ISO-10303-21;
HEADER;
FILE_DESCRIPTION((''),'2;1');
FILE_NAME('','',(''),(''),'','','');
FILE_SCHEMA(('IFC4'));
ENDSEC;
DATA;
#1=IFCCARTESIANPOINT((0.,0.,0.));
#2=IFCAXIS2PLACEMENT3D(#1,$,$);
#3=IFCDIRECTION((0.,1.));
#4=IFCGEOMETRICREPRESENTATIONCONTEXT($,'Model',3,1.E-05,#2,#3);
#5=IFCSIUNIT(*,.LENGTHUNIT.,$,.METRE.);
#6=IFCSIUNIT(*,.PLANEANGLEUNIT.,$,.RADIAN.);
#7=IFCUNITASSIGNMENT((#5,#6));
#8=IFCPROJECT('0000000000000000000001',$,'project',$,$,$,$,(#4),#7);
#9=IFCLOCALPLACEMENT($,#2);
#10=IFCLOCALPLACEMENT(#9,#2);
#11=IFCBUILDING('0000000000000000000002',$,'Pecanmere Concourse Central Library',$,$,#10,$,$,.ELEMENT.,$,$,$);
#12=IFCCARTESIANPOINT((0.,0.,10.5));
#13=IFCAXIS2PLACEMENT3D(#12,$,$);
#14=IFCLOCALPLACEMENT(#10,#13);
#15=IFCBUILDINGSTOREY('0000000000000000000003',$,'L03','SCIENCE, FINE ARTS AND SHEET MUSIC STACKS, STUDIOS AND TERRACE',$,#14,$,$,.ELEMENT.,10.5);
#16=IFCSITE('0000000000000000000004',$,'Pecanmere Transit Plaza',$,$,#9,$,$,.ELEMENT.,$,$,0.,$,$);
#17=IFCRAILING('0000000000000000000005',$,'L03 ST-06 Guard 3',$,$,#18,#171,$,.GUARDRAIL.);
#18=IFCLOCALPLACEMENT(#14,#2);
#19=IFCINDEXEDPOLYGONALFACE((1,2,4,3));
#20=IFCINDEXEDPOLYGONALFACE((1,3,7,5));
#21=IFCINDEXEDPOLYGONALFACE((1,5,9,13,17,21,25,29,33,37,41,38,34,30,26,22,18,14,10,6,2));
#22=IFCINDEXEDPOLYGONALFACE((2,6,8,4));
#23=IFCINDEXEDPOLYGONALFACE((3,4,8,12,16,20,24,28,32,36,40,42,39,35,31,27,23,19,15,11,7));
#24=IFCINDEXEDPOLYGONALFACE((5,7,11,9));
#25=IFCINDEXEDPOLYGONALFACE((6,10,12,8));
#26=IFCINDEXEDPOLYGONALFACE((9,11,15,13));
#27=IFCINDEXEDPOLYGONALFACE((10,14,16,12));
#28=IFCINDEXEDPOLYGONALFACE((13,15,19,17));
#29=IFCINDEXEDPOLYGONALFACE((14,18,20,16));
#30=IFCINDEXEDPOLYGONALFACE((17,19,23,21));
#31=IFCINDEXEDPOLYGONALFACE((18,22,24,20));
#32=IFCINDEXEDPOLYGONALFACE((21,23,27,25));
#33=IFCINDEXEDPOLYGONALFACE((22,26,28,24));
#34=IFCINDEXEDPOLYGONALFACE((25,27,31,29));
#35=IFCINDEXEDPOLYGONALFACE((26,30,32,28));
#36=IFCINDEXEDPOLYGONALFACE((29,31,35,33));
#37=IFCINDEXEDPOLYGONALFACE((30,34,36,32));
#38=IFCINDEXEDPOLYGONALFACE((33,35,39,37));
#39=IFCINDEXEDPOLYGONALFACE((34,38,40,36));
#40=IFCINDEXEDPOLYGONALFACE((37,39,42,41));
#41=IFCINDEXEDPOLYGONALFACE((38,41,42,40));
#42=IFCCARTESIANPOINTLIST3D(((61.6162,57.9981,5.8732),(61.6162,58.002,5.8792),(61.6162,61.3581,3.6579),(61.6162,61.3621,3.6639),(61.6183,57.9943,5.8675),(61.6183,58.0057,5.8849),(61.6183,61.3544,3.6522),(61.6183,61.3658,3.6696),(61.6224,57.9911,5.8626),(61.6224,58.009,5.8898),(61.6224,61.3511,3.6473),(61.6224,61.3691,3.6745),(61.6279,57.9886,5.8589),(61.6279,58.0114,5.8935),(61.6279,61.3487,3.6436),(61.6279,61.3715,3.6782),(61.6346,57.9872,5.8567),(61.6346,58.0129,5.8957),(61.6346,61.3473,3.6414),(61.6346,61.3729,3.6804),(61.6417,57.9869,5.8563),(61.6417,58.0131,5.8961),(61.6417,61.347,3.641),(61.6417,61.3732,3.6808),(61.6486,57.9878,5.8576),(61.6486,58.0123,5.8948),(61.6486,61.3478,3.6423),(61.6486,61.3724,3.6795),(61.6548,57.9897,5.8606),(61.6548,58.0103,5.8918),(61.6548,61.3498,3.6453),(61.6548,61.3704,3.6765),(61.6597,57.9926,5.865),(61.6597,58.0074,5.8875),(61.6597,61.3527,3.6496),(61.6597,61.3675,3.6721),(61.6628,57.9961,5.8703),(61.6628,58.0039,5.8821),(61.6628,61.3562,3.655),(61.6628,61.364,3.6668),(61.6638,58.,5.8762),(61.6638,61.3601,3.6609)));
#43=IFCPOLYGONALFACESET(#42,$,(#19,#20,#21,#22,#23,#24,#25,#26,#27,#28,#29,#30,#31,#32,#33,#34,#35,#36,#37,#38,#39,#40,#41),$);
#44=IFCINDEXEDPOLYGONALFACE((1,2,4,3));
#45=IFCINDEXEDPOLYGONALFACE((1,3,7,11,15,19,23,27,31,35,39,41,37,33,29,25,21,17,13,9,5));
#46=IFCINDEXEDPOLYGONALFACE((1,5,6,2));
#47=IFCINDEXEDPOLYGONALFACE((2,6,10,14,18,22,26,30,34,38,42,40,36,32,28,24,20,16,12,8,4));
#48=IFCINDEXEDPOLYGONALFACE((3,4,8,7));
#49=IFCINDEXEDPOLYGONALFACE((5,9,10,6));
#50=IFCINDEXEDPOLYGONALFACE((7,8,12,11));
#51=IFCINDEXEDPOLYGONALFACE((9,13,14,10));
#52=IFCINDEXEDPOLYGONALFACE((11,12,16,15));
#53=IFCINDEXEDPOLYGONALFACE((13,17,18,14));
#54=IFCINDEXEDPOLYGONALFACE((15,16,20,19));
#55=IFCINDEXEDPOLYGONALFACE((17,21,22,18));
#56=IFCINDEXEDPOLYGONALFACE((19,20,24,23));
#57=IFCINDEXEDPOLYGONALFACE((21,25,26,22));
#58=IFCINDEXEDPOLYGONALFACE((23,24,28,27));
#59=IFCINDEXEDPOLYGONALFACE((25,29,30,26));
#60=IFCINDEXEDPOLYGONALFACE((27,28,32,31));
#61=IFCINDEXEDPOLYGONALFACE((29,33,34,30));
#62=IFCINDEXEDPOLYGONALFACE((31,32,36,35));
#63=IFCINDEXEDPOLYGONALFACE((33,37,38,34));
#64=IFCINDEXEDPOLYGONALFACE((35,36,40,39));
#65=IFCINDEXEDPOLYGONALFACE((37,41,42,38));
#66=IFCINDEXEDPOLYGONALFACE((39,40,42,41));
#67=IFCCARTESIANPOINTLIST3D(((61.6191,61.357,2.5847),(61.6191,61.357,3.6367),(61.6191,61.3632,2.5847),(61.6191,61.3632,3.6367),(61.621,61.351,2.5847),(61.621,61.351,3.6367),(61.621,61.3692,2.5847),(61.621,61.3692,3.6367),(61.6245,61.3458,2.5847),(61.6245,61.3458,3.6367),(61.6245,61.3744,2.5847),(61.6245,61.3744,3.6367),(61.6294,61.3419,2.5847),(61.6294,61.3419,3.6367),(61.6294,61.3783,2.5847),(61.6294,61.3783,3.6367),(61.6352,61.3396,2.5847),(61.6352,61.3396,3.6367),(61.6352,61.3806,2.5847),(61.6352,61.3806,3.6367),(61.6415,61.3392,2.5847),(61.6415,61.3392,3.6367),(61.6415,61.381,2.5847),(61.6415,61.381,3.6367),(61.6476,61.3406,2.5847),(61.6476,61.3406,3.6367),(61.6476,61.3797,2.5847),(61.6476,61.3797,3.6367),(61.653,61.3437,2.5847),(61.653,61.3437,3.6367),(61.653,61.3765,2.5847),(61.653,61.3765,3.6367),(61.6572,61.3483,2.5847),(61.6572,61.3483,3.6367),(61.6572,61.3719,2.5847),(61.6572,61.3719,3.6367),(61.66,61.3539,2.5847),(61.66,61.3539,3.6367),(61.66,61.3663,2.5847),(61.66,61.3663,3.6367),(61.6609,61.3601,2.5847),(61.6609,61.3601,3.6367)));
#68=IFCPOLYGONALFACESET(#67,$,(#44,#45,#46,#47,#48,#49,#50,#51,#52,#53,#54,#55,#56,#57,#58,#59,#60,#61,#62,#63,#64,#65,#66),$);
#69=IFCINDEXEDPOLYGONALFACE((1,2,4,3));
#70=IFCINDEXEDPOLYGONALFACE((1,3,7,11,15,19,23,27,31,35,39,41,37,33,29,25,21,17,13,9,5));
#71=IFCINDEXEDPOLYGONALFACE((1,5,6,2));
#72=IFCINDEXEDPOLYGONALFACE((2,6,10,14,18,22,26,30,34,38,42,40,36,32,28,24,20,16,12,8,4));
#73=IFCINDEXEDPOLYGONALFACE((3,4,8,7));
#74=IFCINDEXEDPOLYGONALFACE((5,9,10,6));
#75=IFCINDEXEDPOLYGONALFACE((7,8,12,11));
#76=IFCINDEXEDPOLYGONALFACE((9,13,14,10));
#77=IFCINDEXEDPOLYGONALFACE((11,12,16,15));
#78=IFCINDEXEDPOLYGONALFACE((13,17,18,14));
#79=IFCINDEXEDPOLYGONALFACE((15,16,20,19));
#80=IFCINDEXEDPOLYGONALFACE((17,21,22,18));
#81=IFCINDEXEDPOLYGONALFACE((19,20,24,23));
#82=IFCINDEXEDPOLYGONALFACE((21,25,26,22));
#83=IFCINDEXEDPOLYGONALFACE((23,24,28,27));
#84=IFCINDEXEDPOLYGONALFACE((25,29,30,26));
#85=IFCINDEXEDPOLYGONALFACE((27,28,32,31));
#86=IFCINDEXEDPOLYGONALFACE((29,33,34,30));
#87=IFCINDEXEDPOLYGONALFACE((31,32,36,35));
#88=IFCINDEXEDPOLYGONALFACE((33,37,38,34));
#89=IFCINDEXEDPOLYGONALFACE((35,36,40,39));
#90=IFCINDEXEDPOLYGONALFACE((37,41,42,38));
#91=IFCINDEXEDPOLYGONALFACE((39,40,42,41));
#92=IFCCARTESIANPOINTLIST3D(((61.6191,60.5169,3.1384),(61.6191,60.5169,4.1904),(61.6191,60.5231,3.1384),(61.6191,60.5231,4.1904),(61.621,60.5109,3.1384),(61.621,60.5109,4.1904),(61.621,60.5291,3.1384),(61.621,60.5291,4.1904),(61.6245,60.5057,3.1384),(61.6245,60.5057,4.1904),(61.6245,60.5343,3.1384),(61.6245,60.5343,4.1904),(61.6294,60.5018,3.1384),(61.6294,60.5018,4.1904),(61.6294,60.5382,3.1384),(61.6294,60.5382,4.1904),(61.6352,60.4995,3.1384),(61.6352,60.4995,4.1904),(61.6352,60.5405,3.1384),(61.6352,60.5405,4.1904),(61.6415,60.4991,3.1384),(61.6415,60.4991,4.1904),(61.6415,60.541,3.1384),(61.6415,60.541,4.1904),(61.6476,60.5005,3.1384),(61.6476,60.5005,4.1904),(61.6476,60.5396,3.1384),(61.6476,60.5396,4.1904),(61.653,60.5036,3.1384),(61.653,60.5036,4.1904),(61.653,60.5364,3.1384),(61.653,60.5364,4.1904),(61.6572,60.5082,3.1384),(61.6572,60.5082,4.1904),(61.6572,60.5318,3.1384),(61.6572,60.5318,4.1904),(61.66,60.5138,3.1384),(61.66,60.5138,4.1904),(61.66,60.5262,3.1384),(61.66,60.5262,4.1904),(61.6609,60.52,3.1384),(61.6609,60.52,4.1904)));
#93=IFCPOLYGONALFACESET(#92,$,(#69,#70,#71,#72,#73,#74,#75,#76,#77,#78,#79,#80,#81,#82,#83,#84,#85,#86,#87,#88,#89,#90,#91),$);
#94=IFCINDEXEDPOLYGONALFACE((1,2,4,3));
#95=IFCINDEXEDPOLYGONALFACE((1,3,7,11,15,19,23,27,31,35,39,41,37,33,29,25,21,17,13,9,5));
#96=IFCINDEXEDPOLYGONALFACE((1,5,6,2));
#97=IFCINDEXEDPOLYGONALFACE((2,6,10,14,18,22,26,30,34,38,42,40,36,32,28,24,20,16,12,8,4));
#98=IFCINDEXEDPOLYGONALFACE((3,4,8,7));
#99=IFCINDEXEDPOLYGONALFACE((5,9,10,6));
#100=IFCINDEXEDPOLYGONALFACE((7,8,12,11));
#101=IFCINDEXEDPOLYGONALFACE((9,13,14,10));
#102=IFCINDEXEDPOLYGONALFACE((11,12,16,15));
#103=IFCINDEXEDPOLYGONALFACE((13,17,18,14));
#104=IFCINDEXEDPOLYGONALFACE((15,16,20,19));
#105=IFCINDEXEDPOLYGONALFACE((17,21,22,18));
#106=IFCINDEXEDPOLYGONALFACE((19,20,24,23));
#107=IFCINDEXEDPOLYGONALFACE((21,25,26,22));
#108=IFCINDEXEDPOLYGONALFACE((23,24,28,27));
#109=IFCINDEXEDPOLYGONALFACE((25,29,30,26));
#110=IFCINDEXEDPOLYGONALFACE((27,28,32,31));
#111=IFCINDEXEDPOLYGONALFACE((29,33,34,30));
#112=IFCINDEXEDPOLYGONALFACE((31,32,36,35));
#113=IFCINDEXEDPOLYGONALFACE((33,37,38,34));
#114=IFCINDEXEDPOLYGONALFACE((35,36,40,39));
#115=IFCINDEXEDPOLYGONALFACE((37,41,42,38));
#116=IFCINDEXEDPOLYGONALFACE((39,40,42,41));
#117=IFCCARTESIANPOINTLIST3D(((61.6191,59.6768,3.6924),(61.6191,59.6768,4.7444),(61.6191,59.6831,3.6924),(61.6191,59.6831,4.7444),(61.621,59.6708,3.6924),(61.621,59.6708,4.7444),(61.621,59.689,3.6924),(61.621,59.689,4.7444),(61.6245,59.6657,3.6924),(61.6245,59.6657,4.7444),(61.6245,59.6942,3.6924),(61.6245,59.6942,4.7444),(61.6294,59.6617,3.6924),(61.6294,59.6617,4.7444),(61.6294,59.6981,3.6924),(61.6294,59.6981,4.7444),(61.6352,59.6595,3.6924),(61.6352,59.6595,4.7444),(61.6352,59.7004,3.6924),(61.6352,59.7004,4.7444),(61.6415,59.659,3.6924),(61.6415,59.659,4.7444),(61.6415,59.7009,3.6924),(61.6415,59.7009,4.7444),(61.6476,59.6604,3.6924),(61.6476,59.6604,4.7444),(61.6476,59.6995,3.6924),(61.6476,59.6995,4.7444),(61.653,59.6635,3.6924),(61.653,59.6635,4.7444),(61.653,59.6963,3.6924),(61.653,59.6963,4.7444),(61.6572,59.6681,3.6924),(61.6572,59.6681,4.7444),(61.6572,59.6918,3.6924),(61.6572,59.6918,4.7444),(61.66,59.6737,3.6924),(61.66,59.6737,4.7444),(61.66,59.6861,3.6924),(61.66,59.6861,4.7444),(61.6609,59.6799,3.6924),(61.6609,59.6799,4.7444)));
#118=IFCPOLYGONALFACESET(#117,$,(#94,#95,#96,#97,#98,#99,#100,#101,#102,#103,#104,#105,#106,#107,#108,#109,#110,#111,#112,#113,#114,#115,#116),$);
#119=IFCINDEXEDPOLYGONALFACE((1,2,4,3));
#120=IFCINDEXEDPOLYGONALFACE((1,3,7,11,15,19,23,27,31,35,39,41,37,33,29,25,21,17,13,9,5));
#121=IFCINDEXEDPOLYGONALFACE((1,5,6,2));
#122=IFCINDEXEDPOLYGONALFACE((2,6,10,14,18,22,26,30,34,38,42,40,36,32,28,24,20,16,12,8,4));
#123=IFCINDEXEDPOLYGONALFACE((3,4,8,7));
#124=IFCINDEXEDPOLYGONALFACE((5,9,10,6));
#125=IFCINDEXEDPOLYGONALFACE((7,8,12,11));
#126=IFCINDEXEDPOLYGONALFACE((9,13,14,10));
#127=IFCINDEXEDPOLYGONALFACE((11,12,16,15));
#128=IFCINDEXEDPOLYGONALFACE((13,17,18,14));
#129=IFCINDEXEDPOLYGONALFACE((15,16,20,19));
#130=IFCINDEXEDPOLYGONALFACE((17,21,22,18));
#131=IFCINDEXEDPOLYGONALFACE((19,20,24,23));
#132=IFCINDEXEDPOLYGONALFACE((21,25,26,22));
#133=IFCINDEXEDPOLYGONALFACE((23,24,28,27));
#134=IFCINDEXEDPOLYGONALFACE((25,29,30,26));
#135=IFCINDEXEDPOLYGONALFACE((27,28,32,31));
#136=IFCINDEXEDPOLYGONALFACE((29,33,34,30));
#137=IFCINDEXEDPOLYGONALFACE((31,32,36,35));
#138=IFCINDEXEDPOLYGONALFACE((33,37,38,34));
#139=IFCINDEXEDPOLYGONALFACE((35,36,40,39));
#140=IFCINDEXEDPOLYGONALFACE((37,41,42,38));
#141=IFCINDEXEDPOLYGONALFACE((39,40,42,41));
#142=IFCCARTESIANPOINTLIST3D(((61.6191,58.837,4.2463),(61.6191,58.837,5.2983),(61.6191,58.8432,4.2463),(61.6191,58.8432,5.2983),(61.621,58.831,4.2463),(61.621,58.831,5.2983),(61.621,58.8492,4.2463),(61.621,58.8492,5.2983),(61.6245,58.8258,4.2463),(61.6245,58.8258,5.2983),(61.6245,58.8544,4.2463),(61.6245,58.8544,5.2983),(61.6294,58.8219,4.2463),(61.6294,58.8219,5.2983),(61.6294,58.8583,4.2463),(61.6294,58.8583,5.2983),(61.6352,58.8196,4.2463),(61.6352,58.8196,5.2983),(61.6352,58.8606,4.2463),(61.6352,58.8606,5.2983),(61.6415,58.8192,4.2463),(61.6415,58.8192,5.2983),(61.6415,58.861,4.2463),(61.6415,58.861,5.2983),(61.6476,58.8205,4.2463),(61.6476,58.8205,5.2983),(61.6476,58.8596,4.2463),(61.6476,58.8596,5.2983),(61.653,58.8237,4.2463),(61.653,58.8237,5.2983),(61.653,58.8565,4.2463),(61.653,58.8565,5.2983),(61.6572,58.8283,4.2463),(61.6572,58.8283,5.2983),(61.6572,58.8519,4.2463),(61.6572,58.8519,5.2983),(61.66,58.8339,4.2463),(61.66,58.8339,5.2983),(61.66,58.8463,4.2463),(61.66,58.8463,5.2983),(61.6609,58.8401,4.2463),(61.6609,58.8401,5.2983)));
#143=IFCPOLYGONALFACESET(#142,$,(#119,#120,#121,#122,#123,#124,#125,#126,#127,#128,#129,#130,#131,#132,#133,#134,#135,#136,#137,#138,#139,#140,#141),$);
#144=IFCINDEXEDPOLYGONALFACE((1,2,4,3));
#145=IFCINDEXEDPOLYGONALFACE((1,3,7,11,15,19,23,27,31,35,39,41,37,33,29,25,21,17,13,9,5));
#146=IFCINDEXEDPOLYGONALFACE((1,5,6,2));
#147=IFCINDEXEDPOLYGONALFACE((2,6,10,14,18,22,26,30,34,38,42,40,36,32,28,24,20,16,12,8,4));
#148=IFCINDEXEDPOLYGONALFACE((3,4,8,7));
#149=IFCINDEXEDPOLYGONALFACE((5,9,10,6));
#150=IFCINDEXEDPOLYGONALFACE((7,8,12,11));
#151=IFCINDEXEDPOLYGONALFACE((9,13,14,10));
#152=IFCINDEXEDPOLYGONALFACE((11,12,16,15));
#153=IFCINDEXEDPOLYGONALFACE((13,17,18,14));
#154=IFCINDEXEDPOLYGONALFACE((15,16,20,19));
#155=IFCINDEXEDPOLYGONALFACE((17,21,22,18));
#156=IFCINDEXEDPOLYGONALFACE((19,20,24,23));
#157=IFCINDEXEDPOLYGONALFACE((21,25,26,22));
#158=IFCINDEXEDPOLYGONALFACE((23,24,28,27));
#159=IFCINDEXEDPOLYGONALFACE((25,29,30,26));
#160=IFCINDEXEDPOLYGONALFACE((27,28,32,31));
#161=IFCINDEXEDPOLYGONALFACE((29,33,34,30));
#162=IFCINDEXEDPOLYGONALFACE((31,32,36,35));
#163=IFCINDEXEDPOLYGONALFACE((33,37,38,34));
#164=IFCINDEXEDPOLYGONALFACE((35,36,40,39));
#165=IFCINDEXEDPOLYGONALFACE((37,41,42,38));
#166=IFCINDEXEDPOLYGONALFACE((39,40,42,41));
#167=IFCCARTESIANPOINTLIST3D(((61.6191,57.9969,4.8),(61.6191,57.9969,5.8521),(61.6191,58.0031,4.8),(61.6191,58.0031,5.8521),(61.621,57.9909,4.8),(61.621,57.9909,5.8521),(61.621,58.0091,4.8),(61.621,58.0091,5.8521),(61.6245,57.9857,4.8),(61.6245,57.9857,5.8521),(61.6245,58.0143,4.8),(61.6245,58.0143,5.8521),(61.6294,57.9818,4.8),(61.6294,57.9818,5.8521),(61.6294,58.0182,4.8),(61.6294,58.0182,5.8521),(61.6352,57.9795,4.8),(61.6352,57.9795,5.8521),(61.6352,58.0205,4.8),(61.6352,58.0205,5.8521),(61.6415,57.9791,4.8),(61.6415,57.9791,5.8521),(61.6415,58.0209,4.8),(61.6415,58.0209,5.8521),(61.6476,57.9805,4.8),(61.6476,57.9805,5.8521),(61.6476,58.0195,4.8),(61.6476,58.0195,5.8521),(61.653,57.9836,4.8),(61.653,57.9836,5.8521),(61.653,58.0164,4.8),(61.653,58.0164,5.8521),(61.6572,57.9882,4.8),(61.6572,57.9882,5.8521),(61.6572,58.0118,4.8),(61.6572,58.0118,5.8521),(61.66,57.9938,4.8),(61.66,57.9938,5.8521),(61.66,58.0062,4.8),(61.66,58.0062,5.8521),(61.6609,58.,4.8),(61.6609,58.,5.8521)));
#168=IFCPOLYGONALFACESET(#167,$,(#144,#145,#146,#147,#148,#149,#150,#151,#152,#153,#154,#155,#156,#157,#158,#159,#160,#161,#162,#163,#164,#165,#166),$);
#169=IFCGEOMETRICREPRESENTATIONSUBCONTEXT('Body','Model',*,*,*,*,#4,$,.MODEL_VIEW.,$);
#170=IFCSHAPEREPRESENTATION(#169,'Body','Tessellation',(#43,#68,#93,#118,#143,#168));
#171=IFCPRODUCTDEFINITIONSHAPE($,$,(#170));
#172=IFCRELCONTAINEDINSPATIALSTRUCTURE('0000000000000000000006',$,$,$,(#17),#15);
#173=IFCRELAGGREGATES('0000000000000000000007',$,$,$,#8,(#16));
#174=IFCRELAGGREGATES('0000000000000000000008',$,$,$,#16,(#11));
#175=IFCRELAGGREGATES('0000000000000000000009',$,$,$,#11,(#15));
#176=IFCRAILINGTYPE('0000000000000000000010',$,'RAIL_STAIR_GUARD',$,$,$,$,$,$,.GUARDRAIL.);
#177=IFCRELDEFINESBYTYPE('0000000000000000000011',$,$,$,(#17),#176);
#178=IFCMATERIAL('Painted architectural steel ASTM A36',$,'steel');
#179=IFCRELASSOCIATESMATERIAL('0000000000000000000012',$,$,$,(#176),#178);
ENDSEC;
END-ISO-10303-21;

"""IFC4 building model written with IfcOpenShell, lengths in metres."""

from ifc_helpers import new_model, si_unit, direction, frame, origin, origin_2d, place, context, subcontext, project, spatial, circle, extrude, material, type_object, element, save


model = new_model("IFC4")

# Units and contexts
model_context = context("Model", 3, precision=1e-05, world=origin(), true_north=direction((0.0, 1.0)))
body_context = subcontext(model_context, "Body", "Model", "MODEL_VIEW")
ifc_project = project(units=[si_unit("LENGTHUNIT", "METRE"), si_unit("PLANEANGLEUNIT", "RADIAN")], contexts=[model_context])

# Site, building, storey
site_placement = place(None, origin())
site = spatial("IfcSite", under=ifc_project, at=site_placement, Name="Pecanmere Transit Plaza", CompositionType="ELEMENT", RefElevation=0.0)
building_placement = place(site_placement, origin())
building = spatial("IfcBuilding", under=site, at=building_placement, Name="Pecanmere Concourse Central Library", CompositionType="ELEMENT")
storey_placement = place(building_placement, frame((0.0, 0.0, 10.5)))
storey = spatial("IfcBuildingStorey", under=building, at=storey_placement, Name="L03", Description="SCIENCE, FINE ARTS AND SHEET MUSIC STACKS, STUDIOS AND TERRACE", CompositionType="ELEMENT", Elevation=10.5)

# Railing
ifc_material_1 = material(Name="Painted architectural steel ASTM A36", Category="steel")
railing_type_1 = type_object("IfcRailingType", Name="RAIL_STAIR_GUARD", PredefinedType="GUARDRAIL", material=ifc_material_1)
railing_1_placement = place(storey_placement, frame((61.6399, 61.3601, 2.5847)))
element("IfcRailing", 1, at=railing_1_placement, inside=storey, type_object=railing_type_1, Name="L03 ST-06 Guard 3", PredefinedType="GUARDRAIL", context=body_context, shape_type="SweptSolid", body=[
    extrude(circle(Radius=0.0239, at=origin_2d()), frame((0.0, 0.0, 1.0762), z_axis=(0.0, -0.834876, 0.550437), x_axis=(1.0, 0.0, 0.0)), (0.0, 0.0, 1.0), 4.0247),
    extrude(circle(Radius=0.021, at=origin_2d()), origin(), (0.0, 0.0, 1.0), 1.052),
    extrude(circle(Radius=0.021, at=origin_2d()), frame((0.0, -0.8401, 0.5537)), (0.0, 0.0, 1.0), 1.052),
    extrude(circle(Radius=0.021, at=origin_2d()), frame((0.0, -1.6802, 1.1077)), (0.0, 0.0, 1.0), 1.052),
    extrude(circle(Radius=0.021, at=origin_2d()), frame((0.0, -2.52, 1.6616)), (0.0, 0.0, 1.0), 1.052),
    extrude(circle(Radius=0.021, at=origin_2d()), frame((0.0, -3.3601, 2.2153)), (0.0, 0.0, 1.0), 1.052),
])

save(model, "model.ifc")
